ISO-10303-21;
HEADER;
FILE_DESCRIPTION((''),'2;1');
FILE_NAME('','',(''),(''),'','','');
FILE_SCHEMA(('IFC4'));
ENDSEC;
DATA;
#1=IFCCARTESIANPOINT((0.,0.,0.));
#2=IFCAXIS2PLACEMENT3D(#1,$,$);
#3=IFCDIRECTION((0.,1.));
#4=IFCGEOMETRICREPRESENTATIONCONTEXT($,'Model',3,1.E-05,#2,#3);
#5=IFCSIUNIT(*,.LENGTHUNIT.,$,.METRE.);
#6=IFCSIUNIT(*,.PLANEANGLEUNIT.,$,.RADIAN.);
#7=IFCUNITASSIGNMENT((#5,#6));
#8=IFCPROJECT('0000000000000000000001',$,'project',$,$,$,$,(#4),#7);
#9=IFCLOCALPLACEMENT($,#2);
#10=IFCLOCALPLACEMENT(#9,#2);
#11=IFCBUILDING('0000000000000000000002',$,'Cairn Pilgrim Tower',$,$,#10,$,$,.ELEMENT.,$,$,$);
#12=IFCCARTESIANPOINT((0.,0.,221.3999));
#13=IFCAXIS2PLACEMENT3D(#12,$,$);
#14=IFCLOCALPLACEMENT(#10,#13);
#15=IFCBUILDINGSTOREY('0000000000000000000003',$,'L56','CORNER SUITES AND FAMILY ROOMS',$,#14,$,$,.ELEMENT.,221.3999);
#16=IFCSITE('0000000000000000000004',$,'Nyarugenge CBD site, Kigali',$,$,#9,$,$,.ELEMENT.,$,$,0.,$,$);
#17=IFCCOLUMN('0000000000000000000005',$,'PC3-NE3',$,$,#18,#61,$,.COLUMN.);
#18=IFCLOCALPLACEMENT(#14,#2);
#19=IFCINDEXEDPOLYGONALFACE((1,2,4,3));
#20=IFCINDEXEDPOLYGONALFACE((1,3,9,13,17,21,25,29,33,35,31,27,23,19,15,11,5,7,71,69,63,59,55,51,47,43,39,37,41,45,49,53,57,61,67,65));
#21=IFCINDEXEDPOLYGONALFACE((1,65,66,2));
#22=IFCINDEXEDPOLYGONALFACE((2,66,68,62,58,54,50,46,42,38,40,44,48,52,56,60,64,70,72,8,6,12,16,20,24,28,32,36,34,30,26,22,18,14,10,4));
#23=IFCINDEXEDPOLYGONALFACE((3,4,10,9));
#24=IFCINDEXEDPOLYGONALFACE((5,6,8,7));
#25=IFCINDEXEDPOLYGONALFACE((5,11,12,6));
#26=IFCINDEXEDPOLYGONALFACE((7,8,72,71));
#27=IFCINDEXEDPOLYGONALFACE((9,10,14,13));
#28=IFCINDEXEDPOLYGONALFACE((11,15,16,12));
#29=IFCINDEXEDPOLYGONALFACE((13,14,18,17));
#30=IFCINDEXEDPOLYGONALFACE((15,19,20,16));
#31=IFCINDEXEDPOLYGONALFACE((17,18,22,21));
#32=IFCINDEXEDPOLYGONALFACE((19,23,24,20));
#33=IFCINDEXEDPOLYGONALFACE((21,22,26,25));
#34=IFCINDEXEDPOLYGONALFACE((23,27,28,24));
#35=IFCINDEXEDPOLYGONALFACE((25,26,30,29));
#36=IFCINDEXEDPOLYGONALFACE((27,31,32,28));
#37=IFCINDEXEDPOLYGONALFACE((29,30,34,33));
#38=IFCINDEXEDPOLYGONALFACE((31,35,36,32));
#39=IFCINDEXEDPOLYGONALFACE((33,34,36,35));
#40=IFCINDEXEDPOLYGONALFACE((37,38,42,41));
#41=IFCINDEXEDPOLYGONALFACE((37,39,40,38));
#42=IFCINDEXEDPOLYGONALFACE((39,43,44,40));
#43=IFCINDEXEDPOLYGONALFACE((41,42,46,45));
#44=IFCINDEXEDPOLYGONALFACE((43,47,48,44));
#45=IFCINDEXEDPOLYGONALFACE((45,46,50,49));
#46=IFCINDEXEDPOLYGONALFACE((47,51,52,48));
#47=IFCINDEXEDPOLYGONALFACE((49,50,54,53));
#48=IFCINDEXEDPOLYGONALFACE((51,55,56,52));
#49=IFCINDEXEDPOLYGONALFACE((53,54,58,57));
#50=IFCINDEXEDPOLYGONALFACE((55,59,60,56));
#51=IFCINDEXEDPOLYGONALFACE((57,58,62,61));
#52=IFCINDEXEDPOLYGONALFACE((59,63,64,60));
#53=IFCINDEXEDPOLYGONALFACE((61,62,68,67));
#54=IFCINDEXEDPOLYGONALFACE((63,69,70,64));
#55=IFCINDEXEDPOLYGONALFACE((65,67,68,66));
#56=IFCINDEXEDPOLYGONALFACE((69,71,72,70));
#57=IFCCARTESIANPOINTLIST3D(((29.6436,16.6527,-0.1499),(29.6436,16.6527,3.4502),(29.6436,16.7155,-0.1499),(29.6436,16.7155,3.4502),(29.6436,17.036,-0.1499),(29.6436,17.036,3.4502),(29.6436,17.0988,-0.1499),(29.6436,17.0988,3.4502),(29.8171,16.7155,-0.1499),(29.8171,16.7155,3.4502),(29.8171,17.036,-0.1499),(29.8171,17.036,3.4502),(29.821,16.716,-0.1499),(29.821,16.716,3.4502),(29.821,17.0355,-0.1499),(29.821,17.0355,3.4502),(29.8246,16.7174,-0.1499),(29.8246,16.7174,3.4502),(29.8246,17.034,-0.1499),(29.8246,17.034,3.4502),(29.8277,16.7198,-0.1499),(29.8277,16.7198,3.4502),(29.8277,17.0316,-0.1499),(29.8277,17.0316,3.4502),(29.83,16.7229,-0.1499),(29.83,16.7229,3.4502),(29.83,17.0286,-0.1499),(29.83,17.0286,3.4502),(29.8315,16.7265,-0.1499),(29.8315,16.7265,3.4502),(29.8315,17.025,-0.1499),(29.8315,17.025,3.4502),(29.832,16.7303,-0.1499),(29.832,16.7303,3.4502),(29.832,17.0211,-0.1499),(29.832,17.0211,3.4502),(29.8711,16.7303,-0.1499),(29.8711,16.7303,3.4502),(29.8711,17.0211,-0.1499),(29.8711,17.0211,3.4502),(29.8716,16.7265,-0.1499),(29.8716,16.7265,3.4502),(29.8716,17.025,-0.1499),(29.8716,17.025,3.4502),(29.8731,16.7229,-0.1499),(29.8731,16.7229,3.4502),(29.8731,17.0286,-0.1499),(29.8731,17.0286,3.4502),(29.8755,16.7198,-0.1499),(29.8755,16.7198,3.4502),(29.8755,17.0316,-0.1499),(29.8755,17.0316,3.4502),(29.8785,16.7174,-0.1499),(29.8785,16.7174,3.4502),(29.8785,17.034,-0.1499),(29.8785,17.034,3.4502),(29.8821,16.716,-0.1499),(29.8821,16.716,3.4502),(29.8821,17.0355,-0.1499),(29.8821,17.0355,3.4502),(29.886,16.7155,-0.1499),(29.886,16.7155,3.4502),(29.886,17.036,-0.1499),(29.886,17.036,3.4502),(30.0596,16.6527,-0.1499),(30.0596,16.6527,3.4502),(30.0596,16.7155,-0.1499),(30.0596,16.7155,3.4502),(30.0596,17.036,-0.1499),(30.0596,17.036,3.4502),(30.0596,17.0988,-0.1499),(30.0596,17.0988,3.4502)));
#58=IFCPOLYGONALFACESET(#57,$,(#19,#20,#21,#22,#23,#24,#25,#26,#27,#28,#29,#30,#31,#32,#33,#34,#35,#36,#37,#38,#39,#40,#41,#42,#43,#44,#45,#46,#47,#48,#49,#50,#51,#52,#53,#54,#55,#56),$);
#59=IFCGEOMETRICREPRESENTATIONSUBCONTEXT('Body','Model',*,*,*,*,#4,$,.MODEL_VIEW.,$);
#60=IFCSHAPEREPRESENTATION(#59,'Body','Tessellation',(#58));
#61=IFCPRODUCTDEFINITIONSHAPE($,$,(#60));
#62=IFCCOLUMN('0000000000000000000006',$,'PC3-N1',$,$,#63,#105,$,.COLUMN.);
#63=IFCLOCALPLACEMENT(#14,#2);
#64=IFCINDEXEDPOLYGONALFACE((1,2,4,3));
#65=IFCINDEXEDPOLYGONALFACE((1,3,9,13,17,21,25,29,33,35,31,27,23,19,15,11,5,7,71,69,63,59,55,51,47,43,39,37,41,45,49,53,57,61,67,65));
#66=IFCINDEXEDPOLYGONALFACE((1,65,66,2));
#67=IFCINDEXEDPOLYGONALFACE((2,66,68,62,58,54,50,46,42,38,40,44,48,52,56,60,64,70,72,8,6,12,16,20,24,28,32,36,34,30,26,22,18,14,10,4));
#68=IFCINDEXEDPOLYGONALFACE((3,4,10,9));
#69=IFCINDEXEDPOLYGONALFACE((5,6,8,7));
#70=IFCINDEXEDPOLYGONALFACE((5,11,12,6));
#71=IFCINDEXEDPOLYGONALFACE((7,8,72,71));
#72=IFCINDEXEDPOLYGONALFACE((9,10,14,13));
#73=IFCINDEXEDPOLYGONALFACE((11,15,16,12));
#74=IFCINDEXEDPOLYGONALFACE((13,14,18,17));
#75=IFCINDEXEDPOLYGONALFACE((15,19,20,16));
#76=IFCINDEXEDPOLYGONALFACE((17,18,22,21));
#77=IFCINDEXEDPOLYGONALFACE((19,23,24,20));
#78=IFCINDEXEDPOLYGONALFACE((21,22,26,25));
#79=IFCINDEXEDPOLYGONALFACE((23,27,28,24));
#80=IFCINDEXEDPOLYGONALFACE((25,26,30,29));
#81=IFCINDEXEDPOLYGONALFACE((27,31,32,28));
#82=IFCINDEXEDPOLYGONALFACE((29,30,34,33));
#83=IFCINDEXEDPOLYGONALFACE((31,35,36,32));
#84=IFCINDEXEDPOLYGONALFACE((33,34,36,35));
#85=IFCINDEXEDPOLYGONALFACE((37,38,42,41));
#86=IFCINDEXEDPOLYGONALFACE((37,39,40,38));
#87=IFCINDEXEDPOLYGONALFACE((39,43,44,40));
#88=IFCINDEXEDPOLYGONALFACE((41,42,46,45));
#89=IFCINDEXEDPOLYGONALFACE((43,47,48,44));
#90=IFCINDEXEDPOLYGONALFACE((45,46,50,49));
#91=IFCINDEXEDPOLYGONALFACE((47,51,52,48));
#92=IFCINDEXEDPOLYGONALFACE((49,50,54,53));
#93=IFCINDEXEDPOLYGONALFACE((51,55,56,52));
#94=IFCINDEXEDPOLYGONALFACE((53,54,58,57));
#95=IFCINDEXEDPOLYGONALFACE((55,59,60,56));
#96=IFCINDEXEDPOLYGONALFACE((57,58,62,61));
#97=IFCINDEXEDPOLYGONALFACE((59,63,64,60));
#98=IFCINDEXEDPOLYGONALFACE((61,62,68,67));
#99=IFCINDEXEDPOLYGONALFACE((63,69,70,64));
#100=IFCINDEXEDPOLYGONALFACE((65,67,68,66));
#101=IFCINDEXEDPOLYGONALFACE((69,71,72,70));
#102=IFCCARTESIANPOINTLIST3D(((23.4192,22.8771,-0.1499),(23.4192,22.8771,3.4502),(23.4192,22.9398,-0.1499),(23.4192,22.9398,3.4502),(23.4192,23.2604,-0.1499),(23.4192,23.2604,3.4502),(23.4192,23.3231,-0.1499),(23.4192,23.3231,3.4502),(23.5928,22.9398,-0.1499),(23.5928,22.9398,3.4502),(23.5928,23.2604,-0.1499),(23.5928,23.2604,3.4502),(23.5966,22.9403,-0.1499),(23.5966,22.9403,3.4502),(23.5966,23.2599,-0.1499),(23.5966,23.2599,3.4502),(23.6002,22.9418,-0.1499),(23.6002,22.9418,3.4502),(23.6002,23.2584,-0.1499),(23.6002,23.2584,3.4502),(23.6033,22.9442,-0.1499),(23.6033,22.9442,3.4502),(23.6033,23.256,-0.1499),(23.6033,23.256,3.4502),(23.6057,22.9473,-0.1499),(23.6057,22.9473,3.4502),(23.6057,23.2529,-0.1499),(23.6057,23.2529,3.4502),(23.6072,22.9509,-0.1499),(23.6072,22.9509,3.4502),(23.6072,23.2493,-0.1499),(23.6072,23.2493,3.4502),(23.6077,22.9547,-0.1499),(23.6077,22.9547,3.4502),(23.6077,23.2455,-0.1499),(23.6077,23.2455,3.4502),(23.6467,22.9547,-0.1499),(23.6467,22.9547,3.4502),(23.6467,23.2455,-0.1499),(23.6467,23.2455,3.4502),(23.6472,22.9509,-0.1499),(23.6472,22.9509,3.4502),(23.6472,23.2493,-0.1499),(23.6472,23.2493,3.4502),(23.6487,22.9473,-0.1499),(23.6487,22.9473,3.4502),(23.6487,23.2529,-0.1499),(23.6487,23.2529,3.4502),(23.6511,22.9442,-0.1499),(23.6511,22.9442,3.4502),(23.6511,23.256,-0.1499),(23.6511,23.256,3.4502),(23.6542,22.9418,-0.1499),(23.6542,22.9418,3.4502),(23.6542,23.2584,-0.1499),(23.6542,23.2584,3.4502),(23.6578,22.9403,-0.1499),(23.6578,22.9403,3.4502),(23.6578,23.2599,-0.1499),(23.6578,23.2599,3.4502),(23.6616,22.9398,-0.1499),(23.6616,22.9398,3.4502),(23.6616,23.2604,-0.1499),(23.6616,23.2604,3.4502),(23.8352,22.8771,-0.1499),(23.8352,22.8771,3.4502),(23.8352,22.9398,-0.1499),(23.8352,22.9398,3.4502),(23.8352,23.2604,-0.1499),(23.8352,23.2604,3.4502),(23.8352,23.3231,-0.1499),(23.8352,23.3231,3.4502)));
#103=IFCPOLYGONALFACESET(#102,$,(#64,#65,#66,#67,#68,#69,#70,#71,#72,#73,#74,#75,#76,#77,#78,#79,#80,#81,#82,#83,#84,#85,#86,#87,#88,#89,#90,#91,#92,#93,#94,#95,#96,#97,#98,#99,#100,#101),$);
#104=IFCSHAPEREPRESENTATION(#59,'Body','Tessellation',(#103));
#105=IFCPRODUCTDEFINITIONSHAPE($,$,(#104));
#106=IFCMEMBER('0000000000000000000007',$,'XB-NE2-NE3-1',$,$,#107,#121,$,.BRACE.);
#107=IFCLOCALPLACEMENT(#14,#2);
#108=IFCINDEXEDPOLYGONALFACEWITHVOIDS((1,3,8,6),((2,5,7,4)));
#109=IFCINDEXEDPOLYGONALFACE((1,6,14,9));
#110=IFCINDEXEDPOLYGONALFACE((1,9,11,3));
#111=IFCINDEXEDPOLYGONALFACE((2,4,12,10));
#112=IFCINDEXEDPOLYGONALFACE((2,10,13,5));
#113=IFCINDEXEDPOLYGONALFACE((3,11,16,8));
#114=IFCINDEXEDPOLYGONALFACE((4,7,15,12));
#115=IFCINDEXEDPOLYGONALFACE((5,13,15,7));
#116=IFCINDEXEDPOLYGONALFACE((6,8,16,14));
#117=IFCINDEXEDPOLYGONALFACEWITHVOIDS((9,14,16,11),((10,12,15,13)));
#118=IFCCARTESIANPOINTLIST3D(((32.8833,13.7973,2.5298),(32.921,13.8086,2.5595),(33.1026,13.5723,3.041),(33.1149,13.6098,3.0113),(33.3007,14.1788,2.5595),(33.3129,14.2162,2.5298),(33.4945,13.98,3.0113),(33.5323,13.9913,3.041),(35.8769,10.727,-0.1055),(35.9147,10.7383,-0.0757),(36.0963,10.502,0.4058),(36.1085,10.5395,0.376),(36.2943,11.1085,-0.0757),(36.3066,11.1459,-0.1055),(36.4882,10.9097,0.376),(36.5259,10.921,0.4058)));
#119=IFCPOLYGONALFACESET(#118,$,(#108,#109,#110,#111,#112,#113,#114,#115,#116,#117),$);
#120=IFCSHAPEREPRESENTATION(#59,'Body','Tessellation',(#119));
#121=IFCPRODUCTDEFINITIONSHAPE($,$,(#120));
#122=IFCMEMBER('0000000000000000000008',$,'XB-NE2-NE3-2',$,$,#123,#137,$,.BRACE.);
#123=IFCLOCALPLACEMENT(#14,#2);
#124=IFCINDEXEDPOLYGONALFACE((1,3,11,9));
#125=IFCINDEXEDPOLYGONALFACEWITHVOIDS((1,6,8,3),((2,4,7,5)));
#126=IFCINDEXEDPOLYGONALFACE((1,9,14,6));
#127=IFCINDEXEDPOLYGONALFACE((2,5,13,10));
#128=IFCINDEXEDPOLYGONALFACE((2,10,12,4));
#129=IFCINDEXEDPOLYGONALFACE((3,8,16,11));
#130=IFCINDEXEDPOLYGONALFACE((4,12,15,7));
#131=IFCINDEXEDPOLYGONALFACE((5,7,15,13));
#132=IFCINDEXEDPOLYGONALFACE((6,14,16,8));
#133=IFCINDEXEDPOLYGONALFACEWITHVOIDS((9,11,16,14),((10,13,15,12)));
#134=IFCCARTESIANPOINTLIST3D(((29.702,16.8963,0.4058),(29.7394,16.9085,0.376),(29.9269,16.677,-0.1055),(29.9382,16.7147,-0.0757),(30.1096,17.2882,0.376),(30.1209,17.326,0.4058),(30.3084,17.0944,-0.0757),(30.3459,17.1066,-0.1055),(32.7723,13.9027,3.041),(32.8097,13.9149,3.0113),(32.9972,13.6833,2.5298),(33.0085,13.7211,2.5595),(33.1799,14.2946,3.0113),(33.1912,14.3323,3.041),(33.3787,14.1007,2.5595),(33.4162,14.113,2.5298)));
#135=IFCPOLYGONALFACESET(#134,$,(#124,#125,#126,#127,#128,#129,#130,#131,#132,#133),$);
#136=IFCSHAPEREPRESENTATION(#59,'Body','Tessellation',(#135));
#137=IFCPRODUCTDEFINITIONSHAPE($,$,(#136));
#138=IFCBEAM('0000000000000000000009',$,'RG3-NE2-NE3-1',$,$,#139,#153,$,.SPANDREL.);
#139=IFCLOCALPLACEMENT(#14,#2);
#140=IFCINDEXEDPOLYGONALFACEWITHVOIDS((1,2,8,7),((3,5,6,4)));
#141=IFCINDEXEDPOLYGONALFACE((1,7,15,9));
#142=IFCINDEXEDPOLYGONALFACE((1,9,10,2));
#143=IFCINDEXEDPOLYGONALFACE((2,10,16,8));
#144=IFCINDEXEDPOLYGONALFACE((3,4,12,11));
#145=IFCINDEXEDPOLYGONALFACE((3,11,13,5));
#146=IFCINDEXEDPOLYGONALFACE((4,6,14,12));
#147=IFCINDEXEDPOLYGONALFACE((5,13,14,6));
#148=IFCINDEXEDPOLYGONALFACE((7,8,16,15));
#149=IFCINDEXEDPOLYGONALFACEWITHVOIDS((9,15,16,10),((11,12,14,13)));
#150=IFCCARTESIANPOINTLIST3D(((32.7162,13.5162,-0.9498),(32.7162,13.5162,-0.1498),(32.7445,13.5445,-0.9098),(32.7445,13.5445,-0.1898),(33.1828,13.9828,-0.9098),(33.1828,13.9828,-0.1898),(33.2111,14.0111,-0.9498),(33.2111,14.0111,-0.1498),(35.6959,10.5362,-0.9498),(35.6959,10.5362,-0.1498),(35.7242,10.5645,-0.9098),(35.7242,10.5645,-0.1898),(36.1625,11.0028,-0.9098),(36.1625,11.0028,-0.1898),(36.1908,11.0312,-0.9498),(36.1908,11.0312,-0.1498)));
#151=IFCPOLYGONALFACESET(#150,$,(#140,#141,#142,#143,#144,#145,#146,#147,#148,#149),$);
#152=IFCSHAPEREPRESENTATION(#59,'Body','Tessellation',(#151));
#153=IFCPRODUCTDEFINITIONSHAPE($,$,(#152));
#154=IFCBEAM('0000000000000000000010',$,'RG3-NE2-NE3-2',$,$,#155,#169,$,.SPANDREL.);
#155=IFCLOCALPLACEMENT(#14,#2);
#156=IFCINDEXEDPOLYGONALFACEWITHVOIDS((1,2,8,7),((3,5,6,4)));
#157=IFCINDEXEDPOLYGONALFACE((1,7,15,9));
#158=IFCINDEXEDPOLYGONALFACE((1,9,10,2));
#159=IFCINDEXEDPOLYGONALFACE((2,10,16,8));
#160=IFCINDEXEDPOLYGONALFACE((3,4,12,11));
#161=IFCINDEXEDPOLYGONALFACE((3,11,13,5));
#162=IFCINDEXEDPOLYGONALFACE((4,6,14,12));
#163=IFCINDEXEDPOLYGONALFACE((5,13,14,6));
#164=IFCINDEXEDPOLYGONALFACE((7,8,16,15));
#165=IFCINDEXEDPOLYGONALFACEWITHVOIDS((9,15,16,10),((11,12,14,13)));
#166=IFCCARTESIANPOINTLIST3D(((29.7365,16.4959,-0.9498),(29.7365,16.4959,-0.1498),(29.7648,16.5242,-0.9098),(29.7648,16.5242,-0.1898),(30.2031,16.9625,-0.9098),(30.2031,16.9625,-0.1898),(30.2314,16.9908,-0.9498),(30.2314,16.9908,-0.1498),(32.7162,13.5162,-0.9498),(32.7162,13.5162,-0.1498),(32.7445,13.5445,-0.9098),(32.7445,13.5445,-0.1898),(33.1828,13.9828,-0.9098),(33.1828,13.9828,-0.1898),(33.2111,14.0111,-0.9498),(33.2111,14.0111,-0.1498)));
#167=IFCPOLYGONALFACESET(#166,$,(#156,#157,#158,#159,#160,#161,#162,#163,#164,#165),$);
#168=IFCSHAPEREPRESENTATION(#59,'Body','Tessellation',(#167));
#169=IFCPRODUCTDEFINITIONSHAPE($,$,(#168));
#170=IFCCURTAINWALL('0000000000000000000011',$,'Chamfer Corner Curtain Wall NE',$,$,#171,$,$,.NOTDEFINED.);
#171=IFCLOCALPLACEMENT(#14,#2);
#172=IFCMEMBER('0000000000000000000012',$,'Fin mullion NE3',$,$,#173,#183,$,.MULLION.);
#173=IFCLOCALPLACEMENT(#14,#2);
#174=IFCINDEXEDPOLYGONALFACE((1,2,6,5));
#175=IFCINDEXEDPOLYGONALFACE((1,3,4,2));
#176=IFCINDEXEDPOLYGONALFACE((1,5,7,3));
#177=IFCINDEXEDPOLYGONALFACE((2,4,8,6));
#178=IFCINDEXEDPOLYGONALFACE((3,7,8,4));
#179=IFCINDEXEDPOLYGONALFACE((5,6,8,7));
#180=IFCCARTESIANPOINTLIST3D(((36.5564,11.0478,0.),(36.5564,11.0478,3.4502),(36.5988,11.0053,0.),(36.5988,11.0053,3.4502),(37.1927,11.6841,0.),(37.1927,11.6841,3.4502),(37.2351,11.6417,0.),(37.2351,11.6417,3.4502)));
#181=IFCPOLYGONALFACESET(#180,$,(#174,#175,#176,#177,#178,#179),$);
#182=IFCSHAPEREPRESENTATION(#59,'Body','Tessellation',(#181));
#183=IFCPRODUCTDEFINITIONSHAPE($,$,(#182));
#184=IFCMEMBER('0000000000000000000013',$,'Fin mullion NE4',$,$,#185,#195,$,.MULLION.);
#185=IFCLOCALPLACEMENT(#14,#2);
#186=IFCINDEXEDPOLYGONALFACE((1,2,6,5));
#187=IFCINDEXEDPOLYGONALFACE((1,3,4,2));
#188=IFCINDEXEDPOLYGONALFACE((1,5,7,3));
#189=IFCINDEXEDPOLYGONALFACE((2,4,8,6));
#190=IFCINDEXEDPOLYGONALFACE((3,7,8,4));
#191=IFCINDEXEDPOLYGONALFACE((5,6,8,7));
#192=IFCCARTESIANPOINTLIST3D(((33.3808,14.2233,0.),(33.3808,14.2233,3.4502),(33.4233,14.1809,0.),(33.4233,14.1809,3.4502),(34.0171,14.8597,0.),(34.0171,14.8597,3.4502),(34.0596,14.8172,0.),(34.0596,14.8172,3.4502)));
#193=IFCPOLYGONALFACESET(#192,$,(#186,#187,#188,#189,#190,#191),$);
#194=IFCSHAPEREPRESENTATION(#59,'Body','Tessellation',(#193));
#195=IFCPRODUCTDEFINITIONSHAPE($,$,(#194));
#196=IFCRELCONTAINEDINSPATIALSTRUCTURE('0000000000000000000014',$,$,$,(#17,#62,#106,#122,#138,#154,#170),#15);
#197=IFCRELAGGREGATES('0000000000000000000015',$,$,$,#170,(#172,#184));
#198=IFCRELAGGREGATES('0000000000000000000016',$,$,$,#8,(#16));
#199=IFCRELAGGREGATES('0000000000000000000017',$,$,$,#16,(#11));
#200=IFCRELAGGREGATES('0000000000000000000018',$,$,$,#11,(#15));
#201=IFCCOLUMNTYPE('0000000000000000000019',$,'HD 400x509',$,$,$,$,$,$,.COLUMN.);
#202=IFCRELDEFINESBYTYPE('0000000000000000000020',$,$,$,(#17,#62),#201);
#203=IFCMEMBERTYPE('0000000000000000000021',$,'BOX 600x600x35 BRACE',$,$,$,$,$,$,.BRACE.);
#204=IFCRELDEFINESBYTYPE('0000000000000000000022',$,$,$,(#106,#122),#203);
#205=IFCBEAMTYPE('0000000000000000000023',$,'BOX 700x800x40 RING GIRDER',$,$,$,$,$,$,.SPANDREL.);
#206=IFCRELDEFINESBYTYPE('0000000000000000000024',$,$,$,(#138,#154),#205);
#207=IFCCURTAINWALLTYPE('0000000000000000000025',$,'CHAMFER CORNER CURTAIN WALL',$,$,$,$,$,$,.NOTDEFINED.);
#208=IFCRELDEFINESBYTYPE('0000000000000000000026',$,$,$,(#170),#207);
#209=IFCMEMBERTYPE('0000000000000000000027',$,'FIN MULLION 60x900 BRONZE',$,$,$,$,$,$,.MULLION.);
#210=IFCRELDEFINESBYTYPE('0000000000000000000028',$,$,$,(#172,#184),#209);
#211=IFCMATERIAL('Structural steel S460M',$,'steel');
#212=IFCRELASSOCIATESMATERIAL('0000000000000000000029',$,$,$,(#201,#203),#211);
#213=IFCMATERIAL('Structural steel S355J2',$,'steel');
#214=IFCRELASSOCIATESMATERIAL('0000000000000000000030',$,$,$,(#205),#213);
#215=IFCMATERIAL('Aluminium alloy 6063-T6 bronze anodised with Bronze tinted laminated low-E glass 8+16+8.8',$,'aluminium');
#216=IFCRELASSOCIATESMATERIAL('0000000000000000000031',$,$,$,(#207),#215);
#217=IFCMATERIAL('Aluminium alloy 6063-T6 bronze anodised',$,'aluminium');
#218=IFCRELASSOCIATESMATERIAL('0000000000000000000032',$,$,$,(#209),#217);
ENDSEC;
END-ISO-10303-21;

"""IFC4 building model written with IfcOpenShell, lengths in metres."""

from ifc_helpers import new_model, si_unit, direction, frame, origin, origin_2d, place, context, subcontext, project, spatial, rectangle, hollow_rectangle, i_section, extrude, material, material_profile, profile_set, type_object, element, aggregate, save


model = new_model("IFC4")

# Units and contexts
model_context = context("Model", 3, precision=1e-05, world=origin(), true_north=direction((0.0, 1.0)))
body_context = subcontext(model_context, "Body", "Model", "MODEL_VIEW")
ifc_project = project(units=[si_unit("LENGTHUNIT", "METRE"), si_unit("PLANEANGLEUNIT", "RADIAN")], contexts=[model_context])

# Site, building, storey
site_placement = place(None, origin())
site = spatial("IfcSite", under=ifc_project, at=site_placement, Name="Nyarugenge CBD site, Kigali", CompositionType="ELEMENT", RefElevation=0.0)
building_placement = place(site_placement, origin())
building = spatial("IfcBuilding", under=site, at=building_placement, Name="Cairn Pilgrim Tower", CompositionType="ELEMENT")
storey_placement = place(building_placement, frame((0.0, 0.0, 221.3999)))
storey = spatial("IfcBuildingStorey", under=building, at=storey_placement, Name="L56", Description="CORNER SUITES AND FAMILY ROOMS", CompositionType="ELEMENT", Elevation=221.3999)

# Columns
ifc_material_1 = material(Name="Structural steel S460M", Category="steel")
ifc_material_profile_1 = material_profile(ifc_material_1, i_section(OverallWidth=0.416, OverallDepth=0.446, WebThickness=0.0391, FlangeThickness=0.0627, FilletRadius=0.0149, at=origin_2d()), Name="HD 400x509")
ifc_profile_set_1 = profile_set([ifc_material_profile_1], Name="Structural steel S460M")
column_type = type_object("IfcColumnType", Name="HD 400x509", PredefinedType="COLUMN", material=ifc_profile_set_1)
for number, where, z_axis, x_axis, name in (
    (1, (29.8516, 16.8757, -0.1499), (0.0, 0.0, 1.0), (1.0, 0.0, 0.0), "PC3-NE3"),
    (2, (23.6272, 23.1001, -0.1499), (0.0, 0.0, 1.0), (1.0, 0.0, 0.0), "PC3-N1"),
):
    element("IfcColumn", number, at=place(storey_placement, frame(where, z_axis=z_axis, x_axis=x_axis)), inside=storey, type_object=column_type, Name=name, PredefinedType="COLUMN", context=body_context, shape_type="SweptSolid", body=[
        extrude(i_section(OverallWidth=0.416, OverallDepth=0.446, WebThickness=0.0391, FlangeThickness=0.0627, FilletRadius=0.0149, at=origin_2d()), origin(), (0.0, 0.0, 1.0), 3.6001),
    ])

# Members
ifc_material_profile_2 = material_profile(ifc_material_1, hollow_rectangle(XDim=0.6001, YDim=0.6001, WallThickness=0.0349, at=origin_2d()), Name="BOX 600x600x35")
ifc_profile_set_2 = profile_set([ifc_material_profile_2], Name="Structural steel S460M")
member_type_1 = type_object("IfcMemberType", Name="BOX 600x600x35 BRACE", PredefinedType="BRACE", material=ifc_profile_set_2)
for number, where, z_axis, x_axis, name in (
    (3, (36.2014, 10.824, 0.1501), (-0.594778, 0.610009, 0.523572), (-0.715989, -0.698112, 0.0), "XB-NE2-NE3-1"),
    (4, (30.0239, 17.0015, 0.1501), (0.610009, -0.594778, 0.523572), (0.698112, 0.715989, 0.0), "XB-NE2-NE3-2"),
):
    element("IfcMember", number, at=place(storey_placement, frame(where, z_axis=z_axis, x_axis=x_axis)), inside=storey, type_object=member_type_1, Name=name, PredefinedType="BRACE", context=body_context, shape_type="SweptSolid", body=[
        extrude(hollow_rectangle(XDim=0.6001, YDim=0.6001, WallThickness=0.0349, at=origin_2d()), origin(), (0.0, 0.0, 1.0), 5.0332),
    ])

# Beams
ifc_material_2 = material(Name="Structural steel S355J2", Category="steel")
ifc_material_profile_3 = material_profile(ifc_material_2, hollow_rectangle(XDim=0.7, YDim=0.8, WallThickness=0.04, at=origin_2d()), Name="BOX 700x800x40")
ifc_profile_set_3 = profile_set([ifc_material_profile_3], Name="Structural steel S355J2")
beam_type_1 = type_object("IfcBeamType", Name="BOX 700x800x40 RING GIRDER", PredefinedType="SPANDREL", material=ifc_profile_set_3)
beam_1_placement = place(storey_placement, frame((35.9434, 10.7837, -0.5498), z_axis=(-0.707078, 0.707136, 0.0), x_axis=(-0.707136, -0.707078, 0.0)))
element("IfcBeam", 5, at=beam_1_placement, inside=storey, type_object=beam_type_1, Name="RG3-NE2-NE3-1", PredefinedType="SPANDREL", context=body_context, shape_type="SweptSolid", body=[
    extrude(hollow_rectangle(XDim=0.7, YDim=0.8, WallThickness=0.04, at=origin_2d()), origin(), (0.0, 0.0, 1.0), 4.2141),
])
beam_2_placement = place(storey_placement, frame((32.9636, 13.7637, -0.5498), z_axis=(-0.707107, 0.707107, 0.0), x_axis=(-0.707107, -0.707107, 0.0)))
element("IfcBeam", 6, at=beam_2_placement, inside=storey, type_object=beam_type_1, Name="RG3-NE2-NE3-2", PredefinedType="SPANDREL", context=body_context, shape_type="SweptSolid", body=[
    extrude(hollow_rectangle(XDim=0.7, YDim=0.8, WallThickness=0.04, at=origin_2d()), origin(), (0.0, 0.0, 1.0), 4.2139),
])

# Curtain wall, members
ifc_material_3 = material(Name="Aluminium alloy 6063-T6 bronze anodised with Bronze tinted laminated low-E glass 8+16+8.8", Category="aluminium")
curtain_wall_type_1 = type_object("IfcCurtainWallType", Name="CHAMFER CORNER CURTAIN WALL", PredefinedType="NOTDEFINED", material=ifc_material_3)
curtain_wall_1_placement = place(storey_placement, origin())
curtain_wall_1 = element("IfcCurtainWall", 7, at=curtain_wall_1_placement, inside=storey, type_object=curtain_wall_type_1, Name="Chamfer Corner Curtain Wall NE", PredefinedType="NOTDEFINED")
ifc_material_4 = material(Name="Aluminium alloy 6063-T6 bronze anodised", Category="aluminium")
ifc_material_profile_4 = material_profile(ifc_material_4, rectangle(XDim=0.8999, YDim=0.0601, at=origin_2d()), Name="FIN MULLION 60x900 BRONZE")
ifc_profile_set_4 = profile_set([ifc_material_profile_4], Name="Aluminium alloy 6063-T6 bronze anodised")
member_type_2 = type_object("IfcMemberType", Name="FIN MULLION 60x900 BRONZE", PredefinedType="MULLION", material=ifc_profile_set_4)
member_1_placement = place(storey_placement, frame((36.8958, 11.3447, 0.0), z_axis=(0.0, 0.0, 1.0), x_axis=(0.707107, 0.707107, 0.0)))
member_1 = element("IfcMember", 8, at=member_1_placement, type_object=member_type_2, Name="Fin mullion NE3", PredefinedType="MULLION", context=body_context, shape_type="SweptSolid", body=[
    extrude(rectangle(XDim=0.8999, YDim=0.0601, at=origin_2d()), origin(), (0.0, 0.0, 1.0), 3.4502),
])
member_2_placement = place(storey_placement, frame((33.7202, 14.5203, 0.0), z_axis=(0.0, 0.0, 1.0), x_axis=(0.707107, 0.707107, 0.0)))
member_2 = element("IfcMember", 9, at=member_2_placement, type_object=member_type_2, Name="Fin mullion NE4", PredefinedType="MULLION", context=body_context, shape_type="SweptSolid", body=[
    extrude(rectangle(XDim=0.8999, YDim=0.0601, at=origin_2d()), origin(), (0.0, 0.0, 1.0), 3.4502),
])

aggregate(curtain_wall_1, [member_1, member_2])

save(model, "model.ifc")
